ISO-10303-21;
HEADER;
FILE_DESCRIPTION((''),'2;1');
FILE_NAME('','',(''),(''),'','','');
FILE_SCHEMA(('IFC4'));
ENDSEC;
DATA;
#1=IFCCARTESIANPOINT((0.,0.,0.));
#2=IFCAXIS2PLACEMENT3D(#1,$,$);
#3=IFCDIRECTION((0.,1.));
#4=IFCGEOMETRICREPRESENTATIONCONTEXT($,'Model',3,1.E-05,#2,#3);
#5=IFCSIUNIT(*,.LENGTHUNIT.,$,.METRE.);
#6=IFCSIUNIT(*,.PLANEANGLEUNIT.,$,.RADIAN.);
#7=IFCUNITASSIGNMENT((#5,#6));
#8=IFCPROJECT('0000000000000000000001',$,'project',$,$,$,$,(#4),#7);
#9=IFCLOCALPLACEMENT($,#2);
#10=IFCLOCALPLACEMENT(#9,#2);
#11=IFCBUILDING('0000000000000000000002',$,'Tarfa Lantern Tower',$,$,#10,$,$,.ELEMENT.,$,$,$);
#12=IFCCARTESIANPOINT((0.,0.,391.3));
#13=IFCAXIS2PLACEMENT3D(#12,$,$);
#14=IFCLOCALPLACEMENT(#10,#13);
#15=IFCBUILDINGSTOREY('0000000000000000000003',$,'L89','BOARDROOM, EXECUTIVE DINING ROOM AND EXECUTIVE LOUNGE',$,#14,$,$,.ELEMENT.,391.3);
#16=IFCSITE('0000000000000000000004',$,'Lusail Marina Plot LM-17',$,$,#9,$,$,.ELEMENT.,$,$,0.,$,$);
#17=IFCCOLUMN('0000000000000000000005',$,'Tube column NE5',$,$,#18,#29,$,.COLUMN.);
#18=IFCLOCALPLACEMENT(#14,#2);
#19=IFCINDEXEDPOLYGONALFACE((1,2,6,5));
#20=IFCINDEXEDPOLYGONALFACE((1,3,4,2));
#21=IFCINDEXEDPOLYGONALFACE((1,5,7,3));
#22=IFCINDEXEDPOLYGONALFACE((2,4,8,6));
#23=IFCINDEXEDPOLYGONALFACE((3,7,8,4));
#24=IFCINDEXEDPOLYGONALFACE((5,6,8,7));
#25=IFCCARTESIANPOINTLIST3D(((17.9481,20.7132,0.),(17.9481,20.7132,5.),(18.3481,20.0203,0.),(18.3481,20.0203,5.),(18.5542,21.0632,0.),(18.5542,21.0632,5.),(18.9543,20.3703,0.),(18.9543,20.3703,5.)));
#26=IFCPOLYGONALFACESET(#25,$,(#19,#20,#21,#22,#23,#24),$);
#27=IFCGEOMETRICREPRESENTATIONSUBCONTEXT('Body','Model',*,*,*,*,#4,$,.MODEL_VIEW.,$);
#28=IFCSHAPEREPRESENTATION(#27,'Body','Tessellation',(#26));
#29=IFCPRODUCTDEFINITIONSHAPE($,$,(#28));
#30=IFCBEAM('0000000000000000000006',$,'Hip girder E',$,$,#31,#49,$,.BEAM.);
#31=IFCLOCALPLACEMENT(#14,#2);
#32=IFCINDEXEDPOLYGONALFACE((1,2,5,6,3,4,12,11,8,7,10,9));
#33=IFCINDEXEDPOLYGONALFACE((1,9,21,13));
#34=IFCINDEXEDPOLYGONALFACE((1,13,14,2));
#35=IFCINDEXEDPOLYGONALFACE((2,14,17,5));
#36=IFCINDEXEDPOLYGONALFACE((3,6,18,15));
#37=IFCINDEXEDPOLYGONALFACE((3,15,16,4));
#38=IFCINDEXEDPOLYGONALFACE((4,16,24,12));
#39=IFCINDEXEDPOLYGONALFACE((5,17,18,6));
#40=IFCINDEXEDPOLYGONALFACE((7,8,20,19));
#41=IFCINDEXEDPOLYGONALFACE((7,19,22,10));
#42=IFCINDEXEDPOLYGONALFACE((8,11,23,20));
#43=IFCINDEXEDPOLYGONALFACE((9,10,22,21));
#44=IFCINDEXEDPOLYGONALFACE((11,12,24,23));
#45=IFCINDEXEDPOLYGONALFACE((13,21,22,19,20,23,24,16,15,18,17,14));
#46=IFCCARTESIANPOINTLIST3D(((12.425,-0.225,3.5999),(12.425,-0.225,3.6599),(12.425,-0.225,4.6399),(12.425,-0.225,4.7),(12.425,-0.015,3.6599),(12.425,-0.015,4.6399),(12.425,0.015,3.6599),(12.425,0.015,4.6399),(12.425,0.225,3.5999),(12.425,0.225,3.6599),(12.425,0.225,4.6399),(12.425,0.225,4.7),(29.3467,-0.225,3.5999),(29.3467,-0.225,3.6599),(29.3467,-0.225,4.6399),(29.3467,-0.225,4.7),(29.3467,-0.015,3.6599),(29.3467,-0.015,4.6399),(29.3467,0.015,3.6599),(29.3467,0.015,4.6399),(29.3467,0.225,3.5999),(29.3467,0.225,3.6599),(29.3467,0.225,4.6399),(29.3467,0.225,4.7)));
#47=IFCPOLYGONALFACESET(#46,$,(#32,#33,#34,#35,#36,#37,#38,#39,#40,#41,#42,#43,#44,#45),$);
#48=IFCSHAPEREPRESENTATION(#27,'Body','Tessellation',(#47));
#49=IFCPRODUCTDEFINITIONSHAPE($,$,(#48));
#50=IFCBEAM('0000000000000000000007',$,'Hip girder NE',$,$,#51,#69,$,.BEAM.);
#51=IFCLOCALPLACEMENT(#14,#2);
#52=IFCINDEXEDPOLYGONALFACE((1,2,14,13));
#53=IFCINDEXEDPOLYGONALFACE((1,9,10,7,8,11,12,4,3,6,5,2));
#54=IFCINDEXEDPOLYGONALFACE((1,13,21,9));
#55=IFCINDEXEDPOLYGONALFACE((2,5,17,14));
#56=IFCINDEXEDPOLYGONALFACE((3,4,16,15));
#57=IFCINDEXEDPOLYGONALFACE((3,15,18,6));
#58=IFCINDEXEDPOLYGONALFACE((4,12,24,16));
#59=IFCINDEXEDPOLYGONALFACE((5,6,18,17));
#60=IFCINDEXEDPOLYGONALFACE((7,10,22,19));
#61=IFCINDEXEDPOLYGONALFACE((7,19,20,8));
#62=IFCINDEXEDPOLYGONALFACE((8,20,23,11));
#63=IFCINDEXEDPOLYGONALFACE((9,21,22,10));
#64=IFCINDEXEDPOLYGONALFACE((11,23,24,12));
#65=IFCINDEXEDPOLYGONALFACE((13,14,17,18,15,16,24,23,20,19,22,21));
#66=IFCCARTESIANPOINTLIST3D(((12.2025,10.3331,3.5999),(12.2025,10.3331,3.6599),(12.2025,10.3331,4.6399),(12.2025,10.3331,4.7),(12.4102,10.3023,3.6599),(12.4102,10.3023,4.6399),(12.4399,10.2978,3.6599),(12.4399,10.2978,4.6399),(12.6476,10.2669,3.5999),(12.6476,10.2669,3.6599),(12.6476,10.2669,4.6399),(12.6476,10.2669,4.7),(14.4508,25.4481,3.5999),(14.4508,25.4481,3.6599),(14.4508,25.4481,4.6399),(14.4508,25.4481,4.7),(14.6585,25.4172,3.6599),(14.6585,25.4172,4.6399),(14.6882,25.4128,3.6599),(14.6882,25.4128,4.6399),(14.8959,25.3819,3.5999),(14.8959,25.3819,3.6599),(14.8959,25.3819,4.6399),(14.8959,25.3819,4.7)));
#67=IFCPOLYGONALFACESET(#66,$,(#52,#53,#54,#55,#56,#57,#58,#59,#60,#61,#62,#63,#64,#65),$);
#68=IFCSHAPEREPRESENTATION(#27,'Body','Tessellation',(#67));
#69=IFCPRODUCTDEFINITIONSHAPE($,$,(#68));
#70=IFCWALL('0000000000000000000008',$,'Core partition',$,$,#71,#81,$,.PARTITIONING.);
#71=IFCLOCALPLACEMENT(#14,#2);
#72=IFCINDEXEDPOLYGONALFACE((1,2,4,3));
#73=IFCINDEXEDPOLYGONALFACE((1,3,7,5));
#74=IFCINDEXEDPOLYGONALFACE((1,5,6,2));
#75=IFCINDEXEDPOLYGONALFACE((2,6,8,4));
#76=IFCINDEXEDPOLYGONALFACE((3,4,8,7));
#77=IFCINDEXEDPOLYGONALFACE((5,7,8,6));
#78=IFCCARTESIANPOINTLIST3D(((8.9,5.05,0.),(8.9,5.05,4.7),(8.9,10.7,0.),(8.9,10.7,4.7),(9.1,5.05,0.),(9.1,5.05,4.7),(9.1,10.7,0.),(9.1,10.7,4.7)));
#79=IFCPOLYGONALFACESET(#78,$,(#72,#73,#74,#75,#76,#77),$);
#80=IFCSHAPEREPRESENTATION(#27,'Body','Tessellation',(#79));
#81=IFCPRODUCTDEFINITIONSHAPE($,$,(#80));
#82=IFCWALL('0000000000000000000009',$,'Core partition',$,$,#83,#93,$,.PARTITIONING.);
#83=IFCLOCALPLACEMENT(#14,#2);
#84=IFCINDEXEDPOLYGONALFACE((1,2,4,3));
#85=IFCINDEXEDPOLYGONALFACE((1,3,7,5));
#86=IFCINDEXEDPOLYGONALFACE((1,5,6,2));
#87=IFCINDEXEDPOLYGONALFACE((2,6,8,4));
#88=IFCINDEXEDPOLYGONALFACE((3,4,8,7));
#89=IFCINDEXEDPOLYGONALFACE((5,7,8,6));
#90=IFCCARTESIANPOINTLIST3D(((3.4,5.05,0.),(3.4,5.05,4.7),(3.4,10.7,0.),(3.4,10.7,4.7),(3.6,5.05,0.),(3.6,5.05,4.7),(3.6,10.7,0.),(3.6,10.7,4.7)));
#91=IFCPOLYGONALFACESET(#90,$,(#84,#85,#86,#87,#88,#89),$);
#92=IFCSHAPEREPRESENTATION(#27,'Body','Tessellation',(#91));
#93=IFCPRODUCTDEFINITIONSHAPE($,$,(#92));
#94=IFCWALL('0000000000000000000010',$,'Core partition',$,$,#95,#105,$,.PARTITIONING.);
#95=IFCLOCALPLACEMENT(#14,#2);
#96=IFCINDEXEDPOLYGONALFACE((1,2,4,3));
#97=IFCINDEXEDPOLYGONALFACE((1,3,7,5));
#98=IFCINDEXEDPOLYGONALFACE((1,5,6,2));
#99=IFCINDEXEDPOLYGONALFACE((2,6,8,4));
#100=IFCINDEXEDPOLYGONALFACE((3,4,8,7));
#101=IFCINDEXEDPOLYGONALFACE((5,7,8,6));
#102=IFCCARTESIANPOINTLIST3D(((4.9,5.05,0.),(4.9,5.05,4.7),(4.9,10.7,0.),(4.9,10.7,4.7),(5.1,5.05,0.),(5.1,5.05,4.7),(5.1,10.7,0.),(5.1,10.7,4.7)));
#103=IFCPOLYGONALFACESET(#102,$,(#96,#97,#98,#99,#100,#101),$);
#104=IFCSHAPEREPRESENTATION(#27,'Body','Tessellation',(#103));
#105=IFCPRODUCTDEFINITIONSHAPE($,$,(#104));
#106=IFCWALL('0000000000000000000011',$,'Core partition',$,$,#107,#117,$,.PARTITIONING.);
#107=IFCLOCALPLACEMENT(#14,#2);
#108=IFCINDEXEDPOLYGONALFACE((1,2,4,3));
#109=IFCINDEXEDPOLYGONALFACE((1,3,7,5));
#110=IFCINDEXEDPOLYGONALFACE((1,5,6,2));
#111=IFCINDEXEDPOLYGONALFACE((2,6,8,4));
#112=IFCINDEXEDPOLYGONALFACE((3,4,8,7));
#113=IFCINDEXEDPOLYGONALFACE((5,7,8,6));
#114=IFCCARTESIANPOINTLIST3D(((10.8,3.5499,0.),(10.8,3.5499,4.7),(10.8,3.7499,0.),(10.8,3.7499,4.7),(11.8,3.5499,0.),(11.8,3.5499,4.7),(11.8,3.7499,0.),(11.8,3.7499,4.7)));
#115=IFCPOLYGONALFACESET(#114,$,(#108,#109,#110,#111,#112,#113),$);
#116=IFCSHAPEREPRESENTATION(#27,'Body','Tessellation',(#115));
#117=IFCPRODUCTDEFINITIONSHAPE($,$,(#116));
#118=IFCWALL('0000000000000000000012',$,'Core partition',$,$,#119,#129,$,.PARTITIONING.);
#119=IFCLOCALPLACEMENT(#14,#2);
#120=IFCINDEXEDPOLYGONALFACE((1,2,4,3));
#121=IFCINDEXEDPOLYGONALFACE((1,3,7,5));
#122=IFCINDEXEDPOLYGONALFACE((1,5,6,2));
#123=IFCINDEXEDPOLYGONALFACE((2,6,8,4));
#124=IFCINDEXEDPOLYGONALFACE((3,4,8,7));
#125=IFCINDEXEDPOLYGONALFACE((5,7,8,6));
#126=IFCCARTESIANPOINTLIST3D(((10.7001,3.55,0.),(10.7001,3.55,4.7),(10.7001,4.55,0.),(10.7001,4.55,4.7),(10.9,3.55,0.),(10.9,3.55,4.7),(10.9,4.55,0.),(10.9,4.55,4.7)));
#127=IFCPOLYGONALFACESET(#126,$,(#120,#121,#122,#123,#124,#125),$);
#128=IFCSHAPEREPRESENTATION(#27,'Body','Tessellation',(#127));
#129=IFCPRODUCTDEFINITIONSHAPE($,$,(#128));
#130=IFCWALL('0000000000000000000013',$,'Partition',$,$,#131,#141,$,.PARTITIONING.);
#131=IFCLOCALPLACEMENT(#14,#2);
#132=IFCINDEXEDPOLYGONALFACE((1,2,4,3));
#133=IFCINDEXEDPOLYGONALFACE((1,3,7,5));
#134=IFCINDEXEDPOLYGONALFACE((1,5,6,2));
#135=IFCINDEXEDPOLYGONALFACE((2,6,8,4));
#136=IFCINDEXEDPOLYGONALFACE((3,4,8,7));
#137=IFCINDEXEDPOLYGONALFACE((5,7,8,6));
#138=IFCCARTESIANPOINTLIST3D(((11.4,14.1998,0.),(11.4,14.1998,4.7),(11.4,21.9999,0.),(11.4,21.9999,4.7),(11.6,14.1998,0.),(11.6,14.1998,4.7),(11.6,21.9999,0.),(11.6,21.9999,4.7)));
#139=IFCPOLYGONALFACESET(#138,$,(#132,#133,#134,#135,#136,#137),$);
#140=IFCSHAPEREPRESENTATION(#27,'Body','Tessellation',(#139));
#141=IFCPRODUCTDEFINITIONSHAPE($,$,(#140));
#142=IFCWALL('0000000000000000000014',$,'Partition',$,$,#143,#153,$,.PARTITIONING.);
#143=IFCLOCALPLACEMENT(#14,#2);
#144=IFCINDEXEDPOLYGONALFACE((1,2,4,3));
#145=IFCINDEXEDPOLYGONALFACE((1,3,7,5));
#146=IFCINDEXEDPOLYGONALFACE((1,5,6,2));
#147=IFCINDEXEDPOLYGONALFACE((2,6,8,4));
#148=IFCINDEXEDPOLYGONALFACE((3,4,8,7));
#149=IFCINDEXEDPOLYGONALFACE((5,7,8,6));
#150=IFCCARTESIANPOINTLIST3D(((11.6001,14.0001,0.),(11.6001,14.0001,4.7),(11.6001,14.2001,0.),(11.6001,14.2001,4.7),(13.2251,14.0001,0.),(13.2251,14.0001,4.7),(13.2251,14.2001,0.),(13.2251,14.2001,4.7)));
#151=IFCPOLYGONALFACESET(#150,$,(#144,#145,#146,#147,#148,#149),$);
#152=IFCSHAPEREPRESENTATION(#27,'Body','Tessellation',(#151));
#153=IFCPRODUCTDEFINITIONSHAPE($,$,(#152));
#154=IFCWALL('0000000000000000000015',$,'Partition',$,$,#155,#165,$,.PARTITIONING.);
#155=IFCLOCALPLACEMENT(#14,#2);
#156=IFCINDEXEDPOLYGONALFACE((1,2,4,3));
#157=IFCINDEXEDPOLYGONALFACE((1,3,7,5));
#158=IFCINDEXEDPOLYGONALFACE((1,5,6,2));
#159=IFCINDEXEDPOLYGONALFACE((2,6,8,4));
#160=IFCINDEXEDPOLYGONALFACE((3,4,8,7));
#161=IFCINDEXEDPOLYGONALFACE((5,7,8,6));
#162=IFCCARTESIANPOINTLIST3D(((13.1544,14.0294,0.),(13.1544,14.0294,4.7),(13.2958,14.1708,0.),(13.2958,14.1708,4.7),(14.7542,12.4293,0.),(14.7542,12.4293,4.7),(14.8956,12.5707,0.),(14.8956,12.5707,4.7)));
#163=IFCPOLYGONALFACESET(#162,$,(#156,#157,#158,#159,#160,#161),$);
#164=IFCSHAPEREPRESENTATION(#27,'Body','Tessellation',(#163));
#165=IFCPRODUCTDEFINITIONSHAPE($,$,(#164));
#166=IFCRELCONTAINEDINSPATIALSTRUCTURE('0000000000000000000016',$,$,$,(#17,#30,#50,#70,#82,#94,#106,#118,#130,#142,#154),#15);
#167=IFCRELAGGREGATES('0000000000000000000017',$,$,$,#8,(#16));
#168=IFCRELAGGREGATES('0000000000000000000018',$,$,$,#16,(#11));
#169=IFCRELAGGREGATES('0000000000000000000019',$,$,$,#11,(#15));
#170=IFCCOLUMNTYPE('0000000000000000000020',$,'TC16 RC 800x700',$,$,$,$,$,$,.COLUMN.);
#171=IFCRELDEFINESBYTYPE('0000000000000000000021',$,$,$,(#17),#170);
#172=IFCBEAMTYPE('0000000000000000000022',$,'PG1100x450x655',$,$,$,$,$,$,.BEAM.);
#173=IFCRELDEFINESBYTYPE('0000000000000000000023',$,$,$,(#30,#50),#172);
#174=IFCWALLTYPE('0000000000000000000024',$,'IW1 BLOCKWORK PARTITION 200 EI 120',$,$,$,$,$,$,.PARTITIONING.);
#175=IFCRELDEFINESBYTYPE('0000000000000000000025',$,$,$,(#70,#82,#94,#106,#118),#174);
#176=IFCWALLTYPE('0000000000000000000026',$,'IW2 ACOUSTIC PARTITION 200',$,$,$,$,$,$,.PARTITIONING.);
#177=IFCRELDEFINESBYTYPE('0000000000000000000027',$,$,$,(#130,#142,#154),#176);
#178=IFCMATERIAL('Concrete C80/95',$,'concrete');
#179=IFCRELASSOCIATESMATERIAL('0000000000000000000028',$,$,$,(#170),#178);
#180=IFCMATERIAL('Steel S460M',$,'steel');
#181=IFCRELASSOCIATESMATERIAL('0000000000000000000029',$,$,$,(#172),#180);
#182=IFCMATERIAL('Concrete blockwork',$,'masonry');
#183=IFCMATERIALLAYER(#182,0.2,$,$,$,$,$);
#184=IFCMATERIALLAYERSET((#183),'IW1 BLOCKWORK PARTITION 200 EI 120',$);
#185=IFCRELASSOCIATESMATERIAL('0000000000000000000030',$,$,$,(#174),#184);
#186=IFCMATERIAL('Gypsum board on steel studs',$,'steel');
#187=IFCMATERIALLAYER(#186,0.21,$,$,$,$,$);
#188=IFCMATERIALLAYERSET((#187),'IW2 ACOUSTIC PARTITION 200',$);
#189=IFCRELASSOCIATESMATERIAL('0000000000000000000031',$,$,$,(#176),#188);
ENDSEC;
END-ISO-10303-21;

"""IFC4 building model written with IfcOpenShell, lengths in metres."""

from ifc_helpers import new_model, si_unit, direction, frame, frame_2d, origin, origin_2d, place, context, subcontext, project, spatial, rectangle, i_section, extrude, material, layer, layer_set, material_profile, profile_set, type_object, element, save


model = new_model("IFC4")

# Units and contexts
model_context = context("Model", 3, precision=1e-05, world=origin(), true_north=direction((0.0, 1.0)))
body_context = subcontext(model_context, "Body", "Model", "MODEL_VIEW")
ifc_project = project(units=[si_unit("LENGTHUNIT", "METRE"), si_unit("PLANEANGLEUNIT", "RADIAN")], contexts=[model_context])

# Site, building, storey
site_placement = place(None, origin())
site = spatial("IfcSite", under=ifc_project, at=site_placement, Name="Lusail Marina Plot LM-17", CompositionType="ELEMENT", RefElevation=0.0)
building_placement = place(site_placement, origin())
building = spatial("IfcBuilding", under=site, at=building_placement, Name="Tarfa Lantern Tower", CompositionType="ELEMENT")
storey_placement = place(building_placement, frame((0.0, 0.0, 391.3)))
storey = spatial("IfcBuildingStorey", under=building, at=storey_placement, Name="L89", Description="BOARDROOM, EXECUTIVE DINING ROOM AND EXECUTIVE LOUNGE", CompositionType="ELEMENT", Elevation=391.3)

# Column
ifc_material_1 = material(Name="Concrete C80/95", Category="concrete")
ifc_material_profile_1 = material_profile(ifc_material_1, rectangle(XDim=0.8, YDim=0.7, at=origin_2d()), Name="RC 800x700")
ifc_profile_set_1 = profile_set([ifc_material_profile_1], Name="Concrete C80/95")
column_type = type_object("IfcColumnType", Name="TC16 RC 800x700", PredefinedType="COLUMN", material=ifc_profile_set_1)
column_placement = place(storey_placement, frame((18.4512, 20.5417, 0.0), z_axis=(0.0, 0.0, 1.0), x_axis=(-0.5, 0.866025, 0.0)))
element("IfcColumn", 1, at=column_placement, inside=storey, type_object=column_type, Name="Tube column NE5", PredefinedType="COLUMN", context=body_context, shape_type="SweptSolid", body=[
    extrude(rectangle(XDim=0.8, YDim=0.7, at=origin_2d()), origin(), (0.0, 0.0, 1.0), 5.0),
])

# Beams
ifc_material_2 = material(Name="Steel S460M", Category="steel")
ifc_material_profile_2 = material_profile(ifc_material_2, i_section(OverallWidth=0.45, OverallDepth=1.1001, WebThickness=0.03, FlangeThickness=0.0601, at=origin_2d()), Name="PG1100x450x655")
ifc_profile_set_2 = profile_set([ifc_material_profile_2], Name="Steel S460M")
beam_type = type_object("IfcBeamType", Name="PG1100x450x655", PredefinedType="BEAM", material=ifc_profile_set_2)
beam_1_placement = place(storey_placement, frame((12.425, 0.0, 4.1499), z_axis=(1.0, 0.0, 0.0), x_axis=(0.0, 1.0, 0.0)))
element("IfcBeam", 2, at=beam_1_placement, inside=storey, type_object=beam_type, Name="Hip girder E", PredefinedType="BEAM", context=body_context, shape_type="SweptSolid", body=[
    extrude(i_section(OverallWidth=0.45, OverallDepth=1.1001, WebThickness=0.03, FlangeThickness=0.0601, at=origin_2d()), origin(), (0.0, 0.0, 1.0), 16.9216),
])
beam_2_placement = place(storey_placement, frame((12.425, 10.3, 4.1499), z_axis=(0.147127, 0.989118, 0.0), x_axis=(-0.989118, 0.147127, 0.0)))
element("IfcBeam", 3, at=beam_2_placement, inside=storey, type_object=beam_type, Name="Hip girder NE", PredefinedType="BEAM", context=body_context, shape_type="SweptSolid", body=[
    extrude(i_section(OverallWidth=0.45, OverallDepth=1.1001, WebThickness=0.03, FlangeThickness=0.0601, at=origin_2d()), origin(), (0.0, 0.0, 1.0), 15.2812),
])

# Walls
ifc_material_3 = material(Name="Concrete blockwork", Category="masonry")
ifc_layer_1 = layer(ifc_material_3, 0.2)
ifc_layer_set_1 = layer_set([ifc_layer_1], Name="IW1 BLOCKWORK PARTITION 200 EI 120")
wall_type_1 = type_object("IfcWallType", Name="IW1 BLOCKWORK PARTITION 200 EI 120", PredefinedType="PARTITIONING", material=ifc_layer_set_1)
for number, where, z_axis, x_axis, name in (
    (4, (9.0, 5.05, 0.0), (0.0, 0.0, 1.0), (0.0, 1.0, 0.0), "Core partition"),
    (5, (3.5, 5.05, 0.0), (0.0, 0.0, 1.0), (0.0, 1.0, 0.0), "Core partition"),
    (6, (5.0, 5.05, 0.0), (0.0, 0.0, 1.0), (0.0, 1.0, 0.0), "Core partition"),
):
    element("IfcWall", number, at=place(storey_placement, frame(where, z_axis=z_axis, x_axis=x_axis)), inside=storey, type_object=wall_type_1, Name=name, PredefinedType="PARTITIONING", context=body_context, shape_type="SweptSolid", body=[
        extrude(rectangle(XDim=5.6499, YDim=0.2, at=frame_2d((2.825, 0.0))), origin(), (0.0, 0.0, 1.0), 4.7),
    ])
for number, where, z_axis, x_axis, name in (
    (7, (10.8, 3.6499, 0.0), (0.0, 0.0, 1.0), (1.0, 0.0, 0.0), "Core partition"),
    (8, (10.8, 3.55, 0.0), (0.0, 0.0, 1.0), (0.0, 1.0, 0.0), "Core partition"),
):
    element("IfcWall", number, at=place(storey_placement, frame(where, z_axis=z_axis, x_axis=x_axis)), inside=storey, type_object=wall_type_1, Name=name, PredefinedType="PARTITIONING", context=body_context, shape_type="SweptSolid", body=[
        extrude(rectangle(XDim=1.0, YDim=0.2, at=frame_2d((0.5, 0.0))), origin(), (0.0, 0.0, 1.0), 4.7),
    ])
ifc_material_4 = material(Name="Gypsum board on steel studs", Category="steel")
ifc_layer_2 = layer(ifc_material_4, 0.21)
ifc_layer_set_2 = layer_set([ifc_layer_2], Name="IW2 ACOUSTIC PARTITION 200")
wall_type_2 = type_object("IfcWallType", Name="IW2 ACOUSTIC PARTITION 200", PredefinedType="PARTITIONING", material=ifc_layer_set_2)
wall_1_placement = place(storey_placement, frame((11.5, 14.2, 0.0), z_axis=(0.0, 0.0, 1.0), x_axis=(0.0, 1.0, 0.0)))
element("IfcWall", 9, at=wall_1_placement, inside=storey, type_object=wall_type_2, Name="Partition", PredefinedType="PARTITIONING", context=body_context, shape_type="SweptSolid", body=[
    extrude(rectangle(XDim=7.8, YDim=0.2, at=frame_2d((3.8999, 0.0))), origin(), (0.0, 0.0, 1.0), 4.7),
])
wall_2_placement = place(storey_placement, frame((11.6001, 14.1001, 0.0), z_axis=(0.0, 0.0, 1.0), x_axis=(1.0, 0.0, 0.0)))
element("IfcWall", 10, at=wall_2_placement, inside=storey, type_object=wall_type_2, Name="Partition", PredefinedType="PARTITIONING", context=body_context, shape_type="SweptSolid", body=[
    extrude(rectangle(XDim=1.625, YDim=0.2, at=frame_2d((0.8125, 0.0))), origin(), (0.0, 0.0, 1.0), 4.7),
])
wall_3_placement = place(storey_placement, frame((13.2251, 14.1001, 0.0), z_axis=(0.0, 0.0, 1.0), x_axis=(0.707053, -0.707161, 0.0)))
element("IfcWall", 11, at=wall_3_placement, inside=storey, type_object=wall_type_2, Name="Partition", PredefinedType="PARTITIONING", context=body_context, shape_type="SweptSolid", body=[
    extrude(rectangle(XDim=2.2627, YDim=0.2, at=frame_2d((1.1313, 0.0))), origin(), (0.0, 0.0, 1.0), 4.7),
])

save(model, "model.ifc")
